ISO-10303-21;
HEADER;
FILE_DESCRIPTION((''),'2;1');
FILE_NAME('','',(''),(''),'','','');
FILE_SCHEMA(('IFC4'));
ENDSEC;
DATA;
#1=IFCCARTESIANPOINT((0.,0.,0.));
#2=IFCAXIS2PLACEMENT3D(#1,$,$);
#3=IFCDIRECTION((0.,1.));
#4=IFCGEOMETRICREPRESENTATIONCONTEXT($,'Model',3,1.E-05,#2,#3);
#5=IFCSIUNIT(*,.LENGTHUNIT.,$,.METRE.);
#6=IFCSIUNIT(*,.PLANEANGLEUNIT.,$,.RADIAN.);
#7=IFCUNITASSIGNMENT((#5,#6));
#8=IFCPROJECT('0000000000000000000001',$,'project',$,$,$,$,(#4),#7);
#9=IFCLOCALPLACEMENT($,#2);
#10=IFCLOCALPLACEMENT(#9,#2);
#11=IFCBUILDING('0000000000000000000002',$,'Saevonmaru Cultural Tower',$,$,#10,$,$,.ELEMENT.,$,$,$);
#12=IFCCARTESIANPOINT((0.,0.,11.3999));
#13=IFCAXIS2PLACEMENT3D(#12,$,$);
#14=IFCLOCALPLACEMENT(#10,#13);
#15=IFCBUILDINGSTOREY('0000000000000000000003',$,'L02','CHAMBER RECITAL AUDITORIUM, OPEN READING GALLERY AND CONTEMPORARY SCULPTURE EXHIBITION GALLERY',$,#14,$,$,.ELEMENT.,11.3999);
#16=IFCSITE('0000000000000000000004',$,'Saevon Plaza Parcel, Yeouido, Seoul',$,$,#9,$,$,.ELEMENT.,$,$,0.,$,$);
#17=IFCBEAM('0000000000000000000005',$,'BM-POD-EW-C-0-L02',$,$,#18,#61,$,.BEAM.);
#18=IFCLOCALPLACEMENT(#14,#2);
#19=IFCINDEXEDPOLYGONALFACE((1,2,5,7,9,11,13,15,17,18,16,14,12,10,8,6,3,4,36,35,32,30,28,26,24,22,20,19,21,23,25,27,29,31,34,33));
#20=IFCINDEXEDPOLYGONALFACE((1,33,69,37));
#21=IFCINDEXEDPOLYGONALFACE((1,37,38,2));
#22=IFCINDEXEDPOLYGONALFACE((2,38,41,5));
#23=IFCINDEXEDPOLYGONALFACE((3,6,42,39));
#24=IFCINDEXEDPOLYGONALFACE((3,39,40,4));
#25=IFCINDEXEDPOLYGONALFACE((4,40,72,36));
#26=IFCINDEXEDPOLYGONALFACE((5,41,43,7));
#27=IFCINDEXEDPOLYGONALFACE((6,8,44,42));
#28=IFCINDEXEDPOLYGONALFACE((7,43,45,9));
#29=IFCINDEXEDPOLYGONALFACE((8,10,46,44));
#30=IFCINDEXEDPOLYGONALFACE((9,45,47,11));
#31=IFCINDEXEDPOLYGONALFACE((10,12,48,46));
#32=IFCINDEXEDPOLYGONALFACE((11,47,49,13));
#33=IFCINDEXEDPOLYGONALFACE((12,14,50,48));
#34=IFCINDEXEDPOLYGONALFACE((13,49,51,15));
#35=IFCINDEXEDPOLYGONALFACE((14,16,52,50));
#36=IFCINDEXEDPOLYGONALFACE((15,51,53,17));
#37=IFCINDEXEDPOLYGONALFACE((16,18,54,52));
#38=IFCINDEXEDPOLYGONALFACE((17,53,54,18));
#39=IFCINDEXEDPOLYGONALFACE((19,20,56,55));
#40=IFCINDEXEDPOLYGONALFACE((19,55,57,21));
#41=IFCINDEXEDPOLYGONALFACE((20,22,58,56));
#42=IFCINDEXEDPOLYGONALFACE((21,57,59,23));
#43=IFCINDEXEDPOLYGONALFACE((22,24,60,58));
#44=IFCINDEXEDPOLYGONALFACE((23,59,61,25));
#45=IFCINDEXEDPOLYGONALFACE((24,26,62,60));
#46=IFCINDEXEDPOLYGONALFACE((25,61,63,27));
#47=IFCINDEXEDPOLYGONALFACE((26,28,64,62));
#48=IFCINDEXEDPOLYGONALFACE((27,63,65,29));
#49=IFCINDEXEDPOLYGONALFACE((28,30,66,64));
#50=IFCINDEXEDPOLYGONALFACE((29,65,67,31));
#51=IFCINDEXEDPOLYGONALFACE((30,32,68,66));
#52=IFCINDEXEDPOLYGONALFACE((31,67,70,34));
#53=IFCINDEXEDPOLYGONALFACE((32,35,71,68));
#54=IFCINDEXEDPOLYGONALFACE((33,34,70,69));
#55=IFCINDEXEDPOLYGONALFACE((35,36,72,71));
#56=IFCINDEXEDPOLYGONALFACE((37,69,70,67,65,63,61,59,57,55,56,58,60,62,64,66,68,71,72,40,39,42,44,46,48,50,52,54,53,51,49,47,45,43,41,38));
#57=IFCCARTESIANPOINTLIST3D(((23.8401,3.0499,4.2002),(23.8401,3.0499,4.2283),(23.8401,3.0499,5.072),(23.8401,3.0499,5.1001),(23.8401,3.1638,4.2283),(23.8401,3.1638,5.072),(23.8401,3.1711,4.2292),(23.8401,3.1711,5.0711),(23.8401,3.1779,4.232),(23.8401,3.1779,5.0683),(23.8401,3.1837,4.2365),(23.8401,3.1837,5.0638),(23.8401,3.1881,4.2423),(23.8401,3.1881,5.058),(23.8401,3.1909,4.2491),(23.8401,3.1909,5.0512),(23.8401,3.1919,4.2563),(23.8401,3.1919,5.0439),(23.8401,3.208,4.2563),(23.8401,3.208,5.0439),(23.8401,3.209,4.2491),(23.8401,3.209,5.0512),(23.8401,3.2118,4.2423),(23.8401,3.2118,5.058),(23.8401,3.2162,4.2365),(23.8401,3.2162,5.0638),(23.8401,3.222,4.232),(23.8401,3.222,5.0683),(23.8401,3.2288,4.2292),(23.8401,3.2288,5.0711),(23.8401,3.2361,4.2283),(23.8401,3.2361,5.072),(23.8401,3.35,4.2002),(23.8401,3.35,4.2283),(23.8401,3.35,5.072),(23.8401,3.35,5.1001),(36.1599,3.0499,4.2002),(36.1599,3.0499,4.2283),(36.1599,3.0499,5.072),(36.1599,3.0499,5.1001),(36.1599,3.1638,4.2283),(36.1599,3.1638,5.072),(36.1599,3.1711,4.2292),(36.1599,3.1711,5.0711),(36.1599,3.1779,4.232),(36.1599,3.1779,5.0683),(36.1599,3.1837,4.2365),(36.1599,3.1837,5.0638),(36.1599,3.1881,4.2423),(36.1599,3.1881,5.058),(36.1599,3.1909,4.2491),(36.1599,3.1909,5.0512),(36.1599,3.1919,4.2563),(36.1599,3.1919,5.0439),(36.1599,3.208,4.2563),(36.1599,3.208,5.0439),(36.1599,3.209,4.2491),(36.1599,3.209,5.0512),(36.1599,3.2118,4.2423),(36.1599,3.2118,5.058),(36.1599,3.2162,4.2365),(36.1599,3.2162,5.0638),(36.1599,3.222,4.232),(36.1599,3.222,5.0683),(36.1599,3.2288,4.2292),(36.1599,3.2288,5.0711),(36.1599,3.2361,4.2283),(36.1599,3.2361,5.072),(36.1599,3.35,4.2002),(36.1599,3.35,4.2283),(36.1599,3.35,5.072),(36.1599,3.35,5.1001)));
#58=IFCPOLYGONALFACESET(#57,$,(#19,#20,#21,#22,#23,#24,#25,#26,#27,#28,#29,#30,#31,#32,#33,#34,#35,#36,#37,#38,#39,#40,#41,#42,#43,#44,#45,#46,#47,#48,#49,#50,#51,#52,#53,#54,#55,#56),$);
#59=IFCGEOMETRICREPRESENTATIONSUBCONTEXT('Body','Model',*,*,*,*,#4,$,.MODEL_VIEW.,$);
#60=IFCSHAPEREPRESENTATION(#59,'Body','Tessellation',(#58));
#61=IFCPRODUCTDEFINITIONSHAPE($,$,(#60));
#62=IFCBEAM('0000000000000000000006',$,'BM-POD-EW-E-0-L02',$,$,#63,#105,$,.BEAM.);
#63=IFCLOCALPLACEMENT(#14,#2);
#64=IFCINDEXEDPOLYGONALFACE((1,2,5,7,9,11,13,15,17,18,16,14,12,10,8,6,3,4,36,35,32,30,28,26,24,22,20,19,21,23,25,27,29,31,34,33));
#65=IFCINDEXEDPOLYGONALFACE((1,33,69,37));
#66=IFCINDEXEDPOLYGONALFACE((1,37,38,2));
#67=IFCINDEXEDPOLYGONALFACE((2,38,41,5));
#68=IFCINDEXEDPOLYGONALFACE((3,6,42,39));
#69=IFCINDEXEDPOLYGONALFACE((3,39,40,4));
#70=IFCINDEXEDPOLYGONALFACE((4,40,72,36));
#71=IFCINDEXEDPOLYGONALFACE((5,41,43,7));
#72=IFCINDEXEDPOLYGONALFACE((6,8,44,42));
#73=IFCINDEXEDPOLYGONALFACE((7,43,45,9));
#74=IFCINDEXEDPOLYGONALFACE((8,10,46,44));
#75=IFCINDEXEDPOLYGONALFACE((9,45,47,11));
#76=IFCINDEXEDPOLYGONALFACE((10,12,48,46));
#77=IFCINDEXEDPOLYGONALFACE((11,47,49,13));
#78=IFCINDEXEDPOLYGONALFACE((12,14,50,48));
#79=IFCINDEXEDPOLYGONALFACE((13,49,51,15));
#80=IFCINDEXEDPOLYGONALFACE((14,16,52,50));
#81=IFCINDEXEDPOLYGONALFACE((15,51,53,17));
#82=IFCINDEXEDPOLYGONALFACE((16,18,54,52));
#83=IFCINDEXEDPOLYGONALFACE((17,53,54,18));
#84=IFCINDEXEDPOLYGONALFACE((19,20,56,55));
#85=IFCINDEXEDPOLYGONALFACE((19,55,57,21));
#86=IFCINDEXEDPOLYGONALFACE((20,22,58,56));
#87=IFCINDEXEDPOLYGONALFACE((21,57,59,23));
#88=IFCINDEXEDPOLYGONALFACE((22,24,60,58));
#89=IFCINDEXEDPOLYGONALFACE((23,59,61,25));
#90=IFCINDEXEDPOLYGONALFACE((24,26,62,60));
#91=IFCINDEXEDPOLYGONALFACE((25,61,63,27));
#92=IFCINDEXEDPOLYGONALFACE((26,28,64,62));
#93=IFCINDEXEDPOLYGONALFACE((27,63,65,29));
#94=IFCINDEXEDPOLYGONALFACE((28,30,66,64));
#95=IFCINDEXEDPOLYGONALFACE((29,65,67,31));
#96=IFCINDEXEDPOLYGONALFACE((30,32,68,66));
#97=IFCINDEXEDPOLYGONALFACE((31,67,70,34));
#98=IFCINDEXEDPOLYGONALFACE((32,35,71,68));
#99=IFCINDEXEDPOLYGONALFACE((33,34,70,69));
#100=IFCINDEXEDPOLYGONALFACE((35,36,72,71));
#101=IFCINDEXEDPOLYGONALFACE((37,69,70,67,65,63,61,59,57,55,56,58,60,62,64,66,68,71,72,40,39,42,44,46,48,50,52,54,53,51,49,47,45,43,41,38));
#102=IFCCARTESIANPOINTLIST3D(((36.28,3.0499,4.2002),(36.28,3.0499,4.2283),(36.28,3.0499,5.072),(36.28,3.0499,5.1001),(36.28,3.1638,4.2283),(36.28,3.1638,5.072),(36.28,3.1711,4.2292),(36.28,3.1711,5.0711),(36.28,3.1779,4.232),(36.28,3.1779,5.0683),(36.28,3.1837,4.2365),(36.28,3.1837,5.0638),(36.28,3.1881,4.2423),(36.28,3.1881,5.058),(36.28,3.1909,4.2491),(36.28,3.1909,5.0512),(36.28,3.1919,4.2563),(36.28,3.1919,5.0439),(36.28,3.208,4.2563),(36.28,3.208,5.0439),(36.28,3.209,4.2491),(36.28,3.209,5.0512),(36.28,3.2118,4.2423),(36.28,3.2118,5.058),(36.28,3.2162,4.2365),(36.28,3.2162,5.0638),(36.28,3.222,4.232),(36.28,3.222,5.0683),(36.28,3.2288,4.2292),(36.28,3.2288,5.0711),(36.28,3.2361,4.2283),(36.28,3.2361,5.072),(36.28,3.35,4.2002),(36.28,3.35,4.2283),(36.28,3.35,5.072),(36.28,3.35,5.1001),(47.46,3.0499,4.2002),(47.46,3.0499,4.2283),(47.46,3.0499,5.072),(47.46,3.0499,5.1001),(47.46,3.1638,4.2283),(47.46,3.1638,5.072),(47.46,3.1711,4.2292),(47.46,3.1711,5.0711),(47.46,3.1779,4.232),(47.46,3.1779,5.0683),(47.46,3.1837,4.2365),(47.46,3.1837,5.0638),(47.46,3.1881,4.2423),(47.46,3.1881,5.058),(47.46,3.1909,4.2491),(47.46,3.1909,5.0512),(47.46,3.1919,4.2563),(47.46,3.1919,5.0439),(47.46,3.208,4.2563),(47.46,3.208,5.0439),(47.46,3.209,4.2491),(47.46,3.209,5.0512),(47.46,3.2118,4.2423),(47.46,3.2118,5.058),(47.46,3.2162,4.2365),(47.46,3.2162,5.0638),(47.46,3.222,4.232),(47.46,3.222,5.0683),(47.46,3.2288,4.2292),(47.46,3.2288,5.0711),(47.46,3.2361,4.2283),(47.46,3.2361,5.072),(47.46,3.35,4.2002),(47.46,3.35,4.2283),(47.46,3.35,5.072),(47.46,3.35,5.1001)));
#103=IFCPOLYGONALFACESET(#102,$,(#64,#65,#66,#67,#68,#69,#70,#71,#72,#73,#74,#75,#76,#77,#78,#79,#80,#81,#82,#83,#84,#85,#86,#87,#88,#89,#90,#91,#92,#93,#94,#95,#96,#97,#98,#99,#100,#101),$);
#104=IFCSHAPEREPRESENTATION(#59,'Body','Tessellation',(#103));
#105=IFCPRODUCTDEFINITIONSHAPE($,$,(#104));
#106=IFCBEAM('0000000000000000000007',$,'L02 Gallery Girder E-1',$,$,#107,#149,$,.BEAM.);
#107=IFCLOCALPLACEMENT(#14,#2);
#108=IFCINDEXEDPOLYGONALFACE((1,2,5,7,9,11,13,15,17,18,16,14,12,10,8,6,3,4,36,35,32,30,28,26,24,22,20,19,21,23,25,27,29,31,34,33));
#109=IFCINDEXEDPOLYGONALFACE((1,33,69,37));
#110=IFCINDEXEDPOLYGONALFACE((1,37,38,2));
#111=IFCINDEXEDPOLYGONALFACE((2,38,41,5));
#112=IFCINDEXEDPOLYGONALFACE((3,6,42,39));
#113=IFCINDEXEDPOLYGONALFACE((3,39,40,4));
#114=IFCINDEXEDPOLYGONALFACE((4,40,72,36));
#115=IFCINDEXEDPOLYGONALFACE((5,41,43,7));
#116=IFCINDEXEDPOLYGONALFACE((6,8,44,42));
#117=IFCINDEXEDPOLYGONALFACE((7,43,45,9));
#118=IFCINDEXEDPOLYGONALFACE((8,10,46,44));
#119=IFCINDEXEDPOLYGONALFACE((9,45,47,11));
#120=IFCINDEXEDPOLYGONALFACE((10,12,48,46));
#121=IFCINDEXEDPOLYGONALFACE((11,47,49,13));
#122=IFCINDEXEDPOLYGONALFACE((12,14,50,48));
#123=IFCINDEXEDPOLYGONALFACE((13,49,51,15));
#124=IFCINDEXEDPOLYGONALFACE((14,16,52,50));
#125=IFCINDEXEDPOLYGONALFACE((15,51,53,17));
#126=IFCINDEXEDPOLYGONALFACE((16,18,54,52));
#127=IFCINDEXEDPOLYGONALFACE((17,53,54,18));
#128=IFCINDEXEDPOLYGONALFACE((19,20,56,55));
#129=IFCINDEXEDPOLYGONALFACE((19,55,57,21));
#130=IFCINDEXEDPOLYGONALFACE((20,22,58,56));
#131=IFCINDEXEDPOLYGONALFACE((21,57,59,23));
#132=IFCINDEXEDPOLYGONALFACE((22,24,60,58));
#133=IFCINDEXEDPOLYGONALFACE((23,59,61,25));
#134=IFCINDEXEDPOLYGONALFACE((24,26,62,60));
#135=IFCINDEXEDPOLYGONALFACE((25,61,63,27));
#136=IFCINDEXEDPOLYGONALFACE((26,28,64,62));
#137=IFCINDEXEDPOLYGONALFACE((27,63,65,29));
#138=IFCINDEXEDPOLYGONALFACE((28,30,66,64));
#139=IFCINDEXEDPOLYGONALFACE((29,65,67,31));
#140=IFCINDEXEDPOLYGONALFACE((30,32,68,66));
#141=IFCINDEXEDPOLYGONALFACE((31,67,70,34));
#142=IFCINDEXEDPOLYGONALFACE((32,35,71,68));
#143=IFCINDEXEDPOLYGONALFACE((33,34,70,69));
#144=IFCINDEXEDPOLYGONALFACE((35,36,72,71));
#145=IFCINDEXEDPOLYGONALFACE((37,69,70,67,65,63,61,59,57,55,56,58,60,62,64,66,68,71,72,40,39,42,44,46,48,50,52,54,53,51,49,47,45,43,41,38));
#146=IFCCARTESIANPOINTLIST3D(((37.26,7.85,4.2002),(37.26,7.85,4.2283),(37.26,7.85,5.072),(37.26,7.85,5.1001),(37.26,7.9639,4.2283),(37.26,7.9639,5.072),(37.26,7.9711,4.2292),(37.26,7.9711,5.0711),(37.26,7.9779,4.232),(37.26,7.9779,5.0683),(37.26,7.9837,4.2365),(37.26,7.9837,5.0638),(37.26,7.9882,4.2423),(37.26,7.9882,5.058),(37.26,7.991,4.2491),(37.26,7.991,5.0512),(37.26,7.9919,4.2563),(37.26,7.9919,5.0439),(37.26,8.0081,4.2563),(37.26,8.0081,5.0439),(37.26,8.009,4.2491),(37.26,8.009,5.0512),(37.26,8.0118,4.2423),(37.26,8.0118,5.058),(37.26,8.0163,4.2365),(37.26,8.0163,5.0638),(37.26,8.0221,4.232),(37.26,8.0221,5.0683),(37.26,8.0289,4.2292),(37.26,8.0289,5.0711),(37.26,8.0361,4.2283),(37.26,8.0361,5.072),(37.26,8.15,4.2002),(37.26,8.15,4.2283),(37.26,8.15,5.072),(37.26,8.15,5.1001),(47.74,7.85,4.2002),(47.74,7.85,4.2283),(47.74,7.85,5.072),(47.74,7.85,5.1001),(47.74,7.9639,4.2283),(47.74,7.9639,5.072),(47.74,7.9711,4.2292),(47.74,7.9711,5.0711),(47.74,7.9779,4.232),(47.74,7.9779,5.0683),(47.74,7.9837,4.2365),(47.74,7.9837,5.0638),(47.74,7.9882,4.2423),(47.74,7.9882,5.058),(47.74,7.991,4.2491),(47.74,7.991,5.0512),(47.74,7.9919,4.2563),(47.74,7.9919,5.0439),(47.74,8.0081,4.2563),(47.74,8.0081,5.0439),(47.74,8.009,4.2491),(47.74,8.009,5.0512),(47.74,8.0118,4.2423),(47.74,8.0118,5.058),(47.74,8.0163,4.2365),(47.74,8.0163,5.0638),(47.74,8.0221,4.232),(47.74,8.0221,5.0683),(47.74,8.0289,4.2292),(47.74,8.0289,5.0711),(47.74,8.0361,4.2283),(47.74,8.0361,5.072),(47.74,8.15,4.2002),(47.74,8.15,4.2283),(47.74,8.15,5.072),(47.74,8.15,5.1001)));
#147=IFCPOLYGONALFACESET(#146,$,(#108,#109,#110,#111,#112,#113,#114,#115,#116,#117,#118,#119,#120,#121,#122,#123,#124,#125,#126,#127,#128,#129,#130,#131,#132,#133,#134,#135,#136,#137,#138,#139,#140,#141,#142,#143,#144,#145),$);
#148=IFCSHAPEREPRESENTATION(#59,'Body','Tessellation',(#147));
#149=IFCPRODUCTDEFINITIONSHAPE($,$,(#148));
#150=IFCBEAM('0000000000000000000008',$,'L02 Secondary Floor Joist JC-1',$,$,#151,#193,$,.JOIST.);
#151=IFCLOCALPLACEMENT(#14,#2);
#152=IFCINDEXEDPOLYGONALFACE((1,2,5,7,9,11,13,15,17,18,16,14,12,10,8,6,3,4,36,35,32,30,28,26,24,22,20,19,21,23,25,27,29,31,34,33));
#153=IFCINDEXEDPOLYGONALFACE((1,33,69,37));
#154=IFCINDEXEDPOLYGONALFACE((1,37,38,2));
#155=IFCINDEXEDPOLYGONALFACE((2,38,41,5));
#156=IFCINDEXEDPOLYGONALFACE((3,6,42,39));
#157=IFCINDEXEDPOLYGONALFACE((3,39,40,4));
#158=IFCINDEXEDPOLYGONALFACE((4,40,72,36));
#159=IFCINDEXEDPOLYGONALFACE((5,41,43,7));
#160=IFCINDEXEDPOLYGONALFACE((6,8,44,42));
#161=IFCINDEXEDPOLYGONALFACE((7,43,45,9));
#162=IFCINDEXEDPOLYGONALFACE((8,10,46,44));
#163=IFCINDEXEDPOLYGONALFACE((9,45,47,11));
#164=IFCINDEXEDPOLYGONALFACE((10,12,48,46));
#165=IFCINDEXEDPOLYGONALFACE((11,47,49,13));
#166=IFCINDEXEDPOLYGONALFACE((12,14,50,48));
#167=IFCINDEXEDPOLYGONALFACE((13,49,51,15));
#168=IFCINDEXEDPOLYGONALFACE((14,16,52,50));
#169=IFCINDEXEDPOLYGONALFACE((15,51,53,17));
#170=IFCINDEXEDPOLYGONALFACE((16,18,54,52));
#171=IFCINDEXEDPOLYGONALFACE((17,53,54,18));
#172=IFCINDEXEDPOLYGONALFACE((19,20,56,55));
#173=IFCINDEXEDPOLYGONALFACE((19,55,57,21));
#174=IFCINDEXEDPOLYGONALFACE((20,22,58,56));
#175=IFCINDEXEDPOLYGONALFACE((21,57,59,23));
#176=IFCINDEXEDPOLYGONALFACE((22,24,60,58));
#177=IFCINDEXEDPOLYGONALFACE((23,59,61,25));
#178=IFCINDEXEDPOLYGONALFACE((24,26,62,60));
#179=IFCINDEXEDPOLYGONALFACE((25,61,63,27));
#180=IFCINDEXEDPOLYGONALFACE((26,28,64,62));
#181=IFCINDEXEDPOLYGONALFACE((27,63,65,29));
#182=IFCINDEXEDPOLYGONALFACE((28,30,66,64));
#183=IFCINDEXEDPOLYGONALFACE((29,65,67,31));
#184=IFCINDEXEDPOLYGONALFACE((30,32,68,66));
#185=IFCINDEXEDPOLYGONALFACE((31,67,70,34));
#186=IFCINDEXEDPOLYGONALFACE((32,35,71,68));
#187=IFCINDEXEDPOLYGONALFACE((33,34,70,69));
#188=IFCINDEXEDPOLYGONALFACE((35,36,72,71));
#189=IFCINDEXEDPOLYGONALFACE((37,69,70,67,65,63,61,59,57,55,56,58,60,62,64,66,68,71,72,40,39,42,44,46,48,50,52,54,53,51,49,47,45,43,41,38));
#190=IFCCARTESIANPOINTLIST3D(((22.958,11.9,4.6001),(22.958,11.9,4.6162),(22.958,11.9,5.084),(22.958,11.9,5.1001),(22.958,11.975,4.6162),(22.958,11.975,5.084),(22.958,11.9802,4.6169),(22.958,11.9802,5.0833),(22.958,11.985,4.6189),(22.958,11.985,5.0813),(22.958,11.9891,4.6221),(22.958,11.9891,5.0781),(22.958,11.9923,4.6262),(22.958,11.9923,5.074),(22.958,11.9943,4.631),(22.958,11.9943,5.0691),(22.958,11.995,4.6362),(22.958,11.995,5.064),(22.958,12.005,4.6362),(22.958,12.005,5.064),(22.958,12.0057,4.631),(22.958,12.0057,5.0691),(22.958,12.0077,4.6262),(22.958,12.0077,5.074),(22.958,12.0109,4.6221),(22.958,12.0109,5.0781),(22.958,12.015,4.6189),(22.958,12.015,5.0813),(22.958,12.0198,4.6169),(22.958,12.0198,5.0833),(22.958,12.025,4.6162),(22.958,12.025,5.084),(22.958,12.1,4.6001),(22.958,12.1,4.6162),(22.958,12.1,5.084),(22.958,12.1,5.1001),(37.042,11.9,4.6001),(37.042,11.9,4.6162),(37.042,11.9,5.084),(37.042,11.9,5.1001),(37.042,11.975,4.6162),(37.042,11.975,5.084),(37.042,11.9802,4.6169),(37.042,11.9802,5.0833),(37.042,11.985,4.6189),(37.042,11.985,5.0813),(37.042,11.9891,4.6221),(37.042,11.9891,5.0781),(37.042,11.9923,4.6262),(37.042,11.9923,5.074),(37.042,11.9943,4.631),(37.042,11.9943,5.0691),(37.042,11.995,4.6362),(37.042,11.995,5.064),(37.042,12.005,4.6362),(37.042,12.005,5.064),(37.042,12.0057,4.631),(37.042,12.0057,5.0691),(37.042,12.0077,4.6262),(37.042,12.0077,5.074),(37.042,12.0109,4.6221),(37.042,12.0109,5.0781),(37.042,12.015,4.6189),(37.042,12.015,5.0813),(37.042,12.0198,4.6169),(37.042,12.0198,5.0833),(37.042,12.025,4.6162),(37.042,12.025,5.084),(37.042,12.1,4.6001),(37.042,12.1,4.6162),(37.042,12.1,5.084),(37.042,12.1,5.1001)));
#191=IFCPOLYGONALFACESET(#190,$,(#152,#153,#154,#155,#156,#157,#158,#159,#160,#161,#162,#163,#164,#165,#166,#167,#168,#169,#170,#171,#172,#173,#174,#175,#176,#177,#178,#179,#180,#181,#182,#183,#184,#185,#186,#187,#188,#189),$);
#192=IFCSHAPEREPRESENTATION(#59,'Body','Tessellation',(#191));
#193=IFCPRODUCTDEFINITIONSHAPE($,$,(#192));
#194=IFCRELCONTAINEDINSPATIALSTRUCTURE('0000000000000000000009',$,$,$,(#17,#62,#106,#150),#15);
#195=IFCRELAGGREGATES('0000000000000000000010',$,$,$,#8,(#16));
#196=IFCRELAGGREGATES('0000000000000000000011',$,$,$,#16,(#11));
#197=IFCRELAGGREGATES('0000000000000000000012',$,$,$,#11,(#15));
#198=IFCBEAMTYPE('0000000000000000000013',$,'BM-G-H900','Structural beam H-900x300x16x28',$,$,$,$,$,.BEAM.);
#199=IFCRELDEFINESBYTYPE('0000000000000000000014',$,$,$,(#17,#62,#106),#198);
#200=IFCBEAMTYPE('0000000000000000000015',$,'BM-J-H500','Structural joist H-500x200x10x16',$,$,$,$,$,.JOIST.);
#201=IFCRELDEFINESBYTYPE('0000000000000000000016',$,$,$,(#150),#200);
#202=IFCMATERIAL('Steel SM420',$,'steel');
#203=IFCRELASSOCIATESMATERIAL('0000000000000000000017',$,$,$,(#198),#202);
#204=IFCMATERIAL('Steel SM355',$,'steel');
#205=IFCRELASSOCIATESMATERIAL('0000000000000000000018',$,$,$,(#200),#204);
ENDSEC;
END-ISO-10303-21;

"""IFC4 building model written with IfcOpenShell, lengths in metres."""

from ifc_helpers import new_model, si_unit, direction, frame, origin, origin_2d, place, context, subcontext, project, spatial, i_section, extrude, material, material_profile, profile_set, type_object, element, save


model = new_model("IFC4")

# Units and contexts
model_context = context("Model", 3, precision=1e-05, world=origin(), true_north=direction((0.0, 1.0)))
body_context = subcontext(model_context, "Body", "Model", "MODEL_VIEW")
ifc_project = project(units=[si_unit("LENGTHUNIT", "METRE"), si_unit("PLANEANGLEUNIT", "RADIAN")], contexts=[model_context])

# Site, building, storey
site_placement = place(None, origin())
site = spatial("IfcSite", under=ifc_project, at=site_placement, Name="Saevon Plaza Parcel, Yeouido, Seoul", CompositionType="ELEMENT", RefElevation=0.0)
building_placement = place(site_placement, origin())
building = spatial("IfcBuilding", under=site, at=building_placement, Name="Saevonmaru Cultural Tower", CompositionType="ELEMENT")
storey_placement = place(building_placement, frame((0.0, 0.0, 11.3999)))
storey = spatial("IfcBuildingStorey", under=building, at=storey_placement, Name="L02", Description="CHAMBER RECITAL AUDITORIUM, OPEN READING GALLERY AND CONTEMPORARY SCULPTURE EXHIBITION GALLERY", CompositionType="ELEMENT", Elevation=11.3999)

# Shared definitions
ifc_material_1 = material(Name="Steel SM420", Category="steel")

# Beams
ifc_material_profile_1 = material_profile(ifc_material_1, i_section(OverallWidth=0.3, OverallDepth=0.8999, WebThickness=0.0161, FlangeThickness=0.0281, FilletRadius=0.0281, at=origin_2d()), Name="H-900x300x16x28")
ifc_profile_set_1 = profile_set([ifc_material_profile_1], Name="Steel SM420")
beam_type_1 = type_object("IfcBeamType", Name="BM-G-H900", Description="Structural beam H-900x300x16x28", PredefinedType="BEAM", material=ifc_profile_set_1)
beam_1_placement = place(storey_placement, frame((23.8401, 3.2, 4.6501), z_axis=(1.0, 0.0, 0.0), x_axis=(0.0, 1.0, 0.0)))
element("IfcBeam", 1, at=beam_1_placement, inside=storey, type_object=beam_type_1, Name="BM-POD-EW-C-0-L02", PredefinedType="BEAM", context=body_context, shape_type="SweptSolid", body=[
    extrude(i_section(OverallWidth=0.3, OverallDepth=0.8999, WebThickness=0.0161, FlangeThickness=0.0281, FilletRadius=0.0281, at=origin_2d()), origin(), (0.0, 0.0, 1.0), 12.3198),
])
beam_2_placement = place(storey_placement, frame((36.28, 3.2, 4.6501), z_axis=(1.0, 0.0, 0.0), x_axis=(0.0, 1.0, 0.0)))
element("IfcBeam", 2, at=beam_2_placement, inside=storey, type_object=beam_type_1, Name="BM-POD-EW-E-0-L02", PredefinedType="BEAM", context=body_context, shape_type="SweptSolid", body=[
    extrude(i_section(OverallWidth=0.3, OverallDepth=0.8999, WebThickness=0.0161, FlangeThickness=0.0281, FilletRadius=0.0281, at=origin_2d()), origin(), (0.0, 0.0, 1.0), 11.1799),
])
beam_3_placement = place(storey_placement, frame((37.26, 8.0, 4.6501), z_axis=(1.0, 0.0, 0.0), x_axis=(0.0, 1.0, 0.0)))
element("IfcBeam", 3, at=beam_3_placement, inside=storey, type_object=beam_type_1, Name="L02 Gallery Girder E-1", PredefinedType="BEAM", context=body_context, shape_type="SweptSolid", body=[
    extrude(i_section(OverallWidth=0.3, OverallDepth=0.8999, WebThickness=0.0161, FlangeThickness=0.0281, FilletRadius=0.0281, at=origin_2d()), origin(), (0.0, 0.0, 1.0), 10.48),
])
ifc_material_2 = material(Name="Steel SM355", Category="steel")
ifc_material_profile_2 = material_profile(ifc_material_2, i_section(OverallWidth=0.2, OverallDepth=0.5, WebThickness=0.01, FlangeThickness=0.0161, FilletRadius=0.02, at=origin_2d()), Name="H-500x200x10x16")
ifc_profile_set_2 = profile_set([ifc_material_profile_2], Name="Steel SM355")
beam_type_2 = type_object("IfcBeamType", Name="BM-J-H500", Description="Structural joist H-500x200x10x16", PredefinedType="JOIST", material=ifc_profile_set_2)
beam_4_placement = place(storey_placement, frame((22.958, 12.0, 4.8501), z_axis=(1.0, 0.0, 0.0), x_axis=(0.0, 1.0, 0.0)))
element("IfcBeam", 4, at=beam_4_placement, inside=storey, type_object=beam_type_2, Name="L02 Secondary Floor Joist JC-1", PredefinedType="JOIST", context=body_context, shape_type="SweptSolid", body=[
    extrude(i_section(OverallWidth=0.2, OverallDepth=0.5, WebThickness=0.01, FlangeThickness=0.0161, FilletRadius=0.02, at=origin_2d()), origin(), (0.0, 0.0, 1.0), 14.084),
])

save(model, "model.ifc")
